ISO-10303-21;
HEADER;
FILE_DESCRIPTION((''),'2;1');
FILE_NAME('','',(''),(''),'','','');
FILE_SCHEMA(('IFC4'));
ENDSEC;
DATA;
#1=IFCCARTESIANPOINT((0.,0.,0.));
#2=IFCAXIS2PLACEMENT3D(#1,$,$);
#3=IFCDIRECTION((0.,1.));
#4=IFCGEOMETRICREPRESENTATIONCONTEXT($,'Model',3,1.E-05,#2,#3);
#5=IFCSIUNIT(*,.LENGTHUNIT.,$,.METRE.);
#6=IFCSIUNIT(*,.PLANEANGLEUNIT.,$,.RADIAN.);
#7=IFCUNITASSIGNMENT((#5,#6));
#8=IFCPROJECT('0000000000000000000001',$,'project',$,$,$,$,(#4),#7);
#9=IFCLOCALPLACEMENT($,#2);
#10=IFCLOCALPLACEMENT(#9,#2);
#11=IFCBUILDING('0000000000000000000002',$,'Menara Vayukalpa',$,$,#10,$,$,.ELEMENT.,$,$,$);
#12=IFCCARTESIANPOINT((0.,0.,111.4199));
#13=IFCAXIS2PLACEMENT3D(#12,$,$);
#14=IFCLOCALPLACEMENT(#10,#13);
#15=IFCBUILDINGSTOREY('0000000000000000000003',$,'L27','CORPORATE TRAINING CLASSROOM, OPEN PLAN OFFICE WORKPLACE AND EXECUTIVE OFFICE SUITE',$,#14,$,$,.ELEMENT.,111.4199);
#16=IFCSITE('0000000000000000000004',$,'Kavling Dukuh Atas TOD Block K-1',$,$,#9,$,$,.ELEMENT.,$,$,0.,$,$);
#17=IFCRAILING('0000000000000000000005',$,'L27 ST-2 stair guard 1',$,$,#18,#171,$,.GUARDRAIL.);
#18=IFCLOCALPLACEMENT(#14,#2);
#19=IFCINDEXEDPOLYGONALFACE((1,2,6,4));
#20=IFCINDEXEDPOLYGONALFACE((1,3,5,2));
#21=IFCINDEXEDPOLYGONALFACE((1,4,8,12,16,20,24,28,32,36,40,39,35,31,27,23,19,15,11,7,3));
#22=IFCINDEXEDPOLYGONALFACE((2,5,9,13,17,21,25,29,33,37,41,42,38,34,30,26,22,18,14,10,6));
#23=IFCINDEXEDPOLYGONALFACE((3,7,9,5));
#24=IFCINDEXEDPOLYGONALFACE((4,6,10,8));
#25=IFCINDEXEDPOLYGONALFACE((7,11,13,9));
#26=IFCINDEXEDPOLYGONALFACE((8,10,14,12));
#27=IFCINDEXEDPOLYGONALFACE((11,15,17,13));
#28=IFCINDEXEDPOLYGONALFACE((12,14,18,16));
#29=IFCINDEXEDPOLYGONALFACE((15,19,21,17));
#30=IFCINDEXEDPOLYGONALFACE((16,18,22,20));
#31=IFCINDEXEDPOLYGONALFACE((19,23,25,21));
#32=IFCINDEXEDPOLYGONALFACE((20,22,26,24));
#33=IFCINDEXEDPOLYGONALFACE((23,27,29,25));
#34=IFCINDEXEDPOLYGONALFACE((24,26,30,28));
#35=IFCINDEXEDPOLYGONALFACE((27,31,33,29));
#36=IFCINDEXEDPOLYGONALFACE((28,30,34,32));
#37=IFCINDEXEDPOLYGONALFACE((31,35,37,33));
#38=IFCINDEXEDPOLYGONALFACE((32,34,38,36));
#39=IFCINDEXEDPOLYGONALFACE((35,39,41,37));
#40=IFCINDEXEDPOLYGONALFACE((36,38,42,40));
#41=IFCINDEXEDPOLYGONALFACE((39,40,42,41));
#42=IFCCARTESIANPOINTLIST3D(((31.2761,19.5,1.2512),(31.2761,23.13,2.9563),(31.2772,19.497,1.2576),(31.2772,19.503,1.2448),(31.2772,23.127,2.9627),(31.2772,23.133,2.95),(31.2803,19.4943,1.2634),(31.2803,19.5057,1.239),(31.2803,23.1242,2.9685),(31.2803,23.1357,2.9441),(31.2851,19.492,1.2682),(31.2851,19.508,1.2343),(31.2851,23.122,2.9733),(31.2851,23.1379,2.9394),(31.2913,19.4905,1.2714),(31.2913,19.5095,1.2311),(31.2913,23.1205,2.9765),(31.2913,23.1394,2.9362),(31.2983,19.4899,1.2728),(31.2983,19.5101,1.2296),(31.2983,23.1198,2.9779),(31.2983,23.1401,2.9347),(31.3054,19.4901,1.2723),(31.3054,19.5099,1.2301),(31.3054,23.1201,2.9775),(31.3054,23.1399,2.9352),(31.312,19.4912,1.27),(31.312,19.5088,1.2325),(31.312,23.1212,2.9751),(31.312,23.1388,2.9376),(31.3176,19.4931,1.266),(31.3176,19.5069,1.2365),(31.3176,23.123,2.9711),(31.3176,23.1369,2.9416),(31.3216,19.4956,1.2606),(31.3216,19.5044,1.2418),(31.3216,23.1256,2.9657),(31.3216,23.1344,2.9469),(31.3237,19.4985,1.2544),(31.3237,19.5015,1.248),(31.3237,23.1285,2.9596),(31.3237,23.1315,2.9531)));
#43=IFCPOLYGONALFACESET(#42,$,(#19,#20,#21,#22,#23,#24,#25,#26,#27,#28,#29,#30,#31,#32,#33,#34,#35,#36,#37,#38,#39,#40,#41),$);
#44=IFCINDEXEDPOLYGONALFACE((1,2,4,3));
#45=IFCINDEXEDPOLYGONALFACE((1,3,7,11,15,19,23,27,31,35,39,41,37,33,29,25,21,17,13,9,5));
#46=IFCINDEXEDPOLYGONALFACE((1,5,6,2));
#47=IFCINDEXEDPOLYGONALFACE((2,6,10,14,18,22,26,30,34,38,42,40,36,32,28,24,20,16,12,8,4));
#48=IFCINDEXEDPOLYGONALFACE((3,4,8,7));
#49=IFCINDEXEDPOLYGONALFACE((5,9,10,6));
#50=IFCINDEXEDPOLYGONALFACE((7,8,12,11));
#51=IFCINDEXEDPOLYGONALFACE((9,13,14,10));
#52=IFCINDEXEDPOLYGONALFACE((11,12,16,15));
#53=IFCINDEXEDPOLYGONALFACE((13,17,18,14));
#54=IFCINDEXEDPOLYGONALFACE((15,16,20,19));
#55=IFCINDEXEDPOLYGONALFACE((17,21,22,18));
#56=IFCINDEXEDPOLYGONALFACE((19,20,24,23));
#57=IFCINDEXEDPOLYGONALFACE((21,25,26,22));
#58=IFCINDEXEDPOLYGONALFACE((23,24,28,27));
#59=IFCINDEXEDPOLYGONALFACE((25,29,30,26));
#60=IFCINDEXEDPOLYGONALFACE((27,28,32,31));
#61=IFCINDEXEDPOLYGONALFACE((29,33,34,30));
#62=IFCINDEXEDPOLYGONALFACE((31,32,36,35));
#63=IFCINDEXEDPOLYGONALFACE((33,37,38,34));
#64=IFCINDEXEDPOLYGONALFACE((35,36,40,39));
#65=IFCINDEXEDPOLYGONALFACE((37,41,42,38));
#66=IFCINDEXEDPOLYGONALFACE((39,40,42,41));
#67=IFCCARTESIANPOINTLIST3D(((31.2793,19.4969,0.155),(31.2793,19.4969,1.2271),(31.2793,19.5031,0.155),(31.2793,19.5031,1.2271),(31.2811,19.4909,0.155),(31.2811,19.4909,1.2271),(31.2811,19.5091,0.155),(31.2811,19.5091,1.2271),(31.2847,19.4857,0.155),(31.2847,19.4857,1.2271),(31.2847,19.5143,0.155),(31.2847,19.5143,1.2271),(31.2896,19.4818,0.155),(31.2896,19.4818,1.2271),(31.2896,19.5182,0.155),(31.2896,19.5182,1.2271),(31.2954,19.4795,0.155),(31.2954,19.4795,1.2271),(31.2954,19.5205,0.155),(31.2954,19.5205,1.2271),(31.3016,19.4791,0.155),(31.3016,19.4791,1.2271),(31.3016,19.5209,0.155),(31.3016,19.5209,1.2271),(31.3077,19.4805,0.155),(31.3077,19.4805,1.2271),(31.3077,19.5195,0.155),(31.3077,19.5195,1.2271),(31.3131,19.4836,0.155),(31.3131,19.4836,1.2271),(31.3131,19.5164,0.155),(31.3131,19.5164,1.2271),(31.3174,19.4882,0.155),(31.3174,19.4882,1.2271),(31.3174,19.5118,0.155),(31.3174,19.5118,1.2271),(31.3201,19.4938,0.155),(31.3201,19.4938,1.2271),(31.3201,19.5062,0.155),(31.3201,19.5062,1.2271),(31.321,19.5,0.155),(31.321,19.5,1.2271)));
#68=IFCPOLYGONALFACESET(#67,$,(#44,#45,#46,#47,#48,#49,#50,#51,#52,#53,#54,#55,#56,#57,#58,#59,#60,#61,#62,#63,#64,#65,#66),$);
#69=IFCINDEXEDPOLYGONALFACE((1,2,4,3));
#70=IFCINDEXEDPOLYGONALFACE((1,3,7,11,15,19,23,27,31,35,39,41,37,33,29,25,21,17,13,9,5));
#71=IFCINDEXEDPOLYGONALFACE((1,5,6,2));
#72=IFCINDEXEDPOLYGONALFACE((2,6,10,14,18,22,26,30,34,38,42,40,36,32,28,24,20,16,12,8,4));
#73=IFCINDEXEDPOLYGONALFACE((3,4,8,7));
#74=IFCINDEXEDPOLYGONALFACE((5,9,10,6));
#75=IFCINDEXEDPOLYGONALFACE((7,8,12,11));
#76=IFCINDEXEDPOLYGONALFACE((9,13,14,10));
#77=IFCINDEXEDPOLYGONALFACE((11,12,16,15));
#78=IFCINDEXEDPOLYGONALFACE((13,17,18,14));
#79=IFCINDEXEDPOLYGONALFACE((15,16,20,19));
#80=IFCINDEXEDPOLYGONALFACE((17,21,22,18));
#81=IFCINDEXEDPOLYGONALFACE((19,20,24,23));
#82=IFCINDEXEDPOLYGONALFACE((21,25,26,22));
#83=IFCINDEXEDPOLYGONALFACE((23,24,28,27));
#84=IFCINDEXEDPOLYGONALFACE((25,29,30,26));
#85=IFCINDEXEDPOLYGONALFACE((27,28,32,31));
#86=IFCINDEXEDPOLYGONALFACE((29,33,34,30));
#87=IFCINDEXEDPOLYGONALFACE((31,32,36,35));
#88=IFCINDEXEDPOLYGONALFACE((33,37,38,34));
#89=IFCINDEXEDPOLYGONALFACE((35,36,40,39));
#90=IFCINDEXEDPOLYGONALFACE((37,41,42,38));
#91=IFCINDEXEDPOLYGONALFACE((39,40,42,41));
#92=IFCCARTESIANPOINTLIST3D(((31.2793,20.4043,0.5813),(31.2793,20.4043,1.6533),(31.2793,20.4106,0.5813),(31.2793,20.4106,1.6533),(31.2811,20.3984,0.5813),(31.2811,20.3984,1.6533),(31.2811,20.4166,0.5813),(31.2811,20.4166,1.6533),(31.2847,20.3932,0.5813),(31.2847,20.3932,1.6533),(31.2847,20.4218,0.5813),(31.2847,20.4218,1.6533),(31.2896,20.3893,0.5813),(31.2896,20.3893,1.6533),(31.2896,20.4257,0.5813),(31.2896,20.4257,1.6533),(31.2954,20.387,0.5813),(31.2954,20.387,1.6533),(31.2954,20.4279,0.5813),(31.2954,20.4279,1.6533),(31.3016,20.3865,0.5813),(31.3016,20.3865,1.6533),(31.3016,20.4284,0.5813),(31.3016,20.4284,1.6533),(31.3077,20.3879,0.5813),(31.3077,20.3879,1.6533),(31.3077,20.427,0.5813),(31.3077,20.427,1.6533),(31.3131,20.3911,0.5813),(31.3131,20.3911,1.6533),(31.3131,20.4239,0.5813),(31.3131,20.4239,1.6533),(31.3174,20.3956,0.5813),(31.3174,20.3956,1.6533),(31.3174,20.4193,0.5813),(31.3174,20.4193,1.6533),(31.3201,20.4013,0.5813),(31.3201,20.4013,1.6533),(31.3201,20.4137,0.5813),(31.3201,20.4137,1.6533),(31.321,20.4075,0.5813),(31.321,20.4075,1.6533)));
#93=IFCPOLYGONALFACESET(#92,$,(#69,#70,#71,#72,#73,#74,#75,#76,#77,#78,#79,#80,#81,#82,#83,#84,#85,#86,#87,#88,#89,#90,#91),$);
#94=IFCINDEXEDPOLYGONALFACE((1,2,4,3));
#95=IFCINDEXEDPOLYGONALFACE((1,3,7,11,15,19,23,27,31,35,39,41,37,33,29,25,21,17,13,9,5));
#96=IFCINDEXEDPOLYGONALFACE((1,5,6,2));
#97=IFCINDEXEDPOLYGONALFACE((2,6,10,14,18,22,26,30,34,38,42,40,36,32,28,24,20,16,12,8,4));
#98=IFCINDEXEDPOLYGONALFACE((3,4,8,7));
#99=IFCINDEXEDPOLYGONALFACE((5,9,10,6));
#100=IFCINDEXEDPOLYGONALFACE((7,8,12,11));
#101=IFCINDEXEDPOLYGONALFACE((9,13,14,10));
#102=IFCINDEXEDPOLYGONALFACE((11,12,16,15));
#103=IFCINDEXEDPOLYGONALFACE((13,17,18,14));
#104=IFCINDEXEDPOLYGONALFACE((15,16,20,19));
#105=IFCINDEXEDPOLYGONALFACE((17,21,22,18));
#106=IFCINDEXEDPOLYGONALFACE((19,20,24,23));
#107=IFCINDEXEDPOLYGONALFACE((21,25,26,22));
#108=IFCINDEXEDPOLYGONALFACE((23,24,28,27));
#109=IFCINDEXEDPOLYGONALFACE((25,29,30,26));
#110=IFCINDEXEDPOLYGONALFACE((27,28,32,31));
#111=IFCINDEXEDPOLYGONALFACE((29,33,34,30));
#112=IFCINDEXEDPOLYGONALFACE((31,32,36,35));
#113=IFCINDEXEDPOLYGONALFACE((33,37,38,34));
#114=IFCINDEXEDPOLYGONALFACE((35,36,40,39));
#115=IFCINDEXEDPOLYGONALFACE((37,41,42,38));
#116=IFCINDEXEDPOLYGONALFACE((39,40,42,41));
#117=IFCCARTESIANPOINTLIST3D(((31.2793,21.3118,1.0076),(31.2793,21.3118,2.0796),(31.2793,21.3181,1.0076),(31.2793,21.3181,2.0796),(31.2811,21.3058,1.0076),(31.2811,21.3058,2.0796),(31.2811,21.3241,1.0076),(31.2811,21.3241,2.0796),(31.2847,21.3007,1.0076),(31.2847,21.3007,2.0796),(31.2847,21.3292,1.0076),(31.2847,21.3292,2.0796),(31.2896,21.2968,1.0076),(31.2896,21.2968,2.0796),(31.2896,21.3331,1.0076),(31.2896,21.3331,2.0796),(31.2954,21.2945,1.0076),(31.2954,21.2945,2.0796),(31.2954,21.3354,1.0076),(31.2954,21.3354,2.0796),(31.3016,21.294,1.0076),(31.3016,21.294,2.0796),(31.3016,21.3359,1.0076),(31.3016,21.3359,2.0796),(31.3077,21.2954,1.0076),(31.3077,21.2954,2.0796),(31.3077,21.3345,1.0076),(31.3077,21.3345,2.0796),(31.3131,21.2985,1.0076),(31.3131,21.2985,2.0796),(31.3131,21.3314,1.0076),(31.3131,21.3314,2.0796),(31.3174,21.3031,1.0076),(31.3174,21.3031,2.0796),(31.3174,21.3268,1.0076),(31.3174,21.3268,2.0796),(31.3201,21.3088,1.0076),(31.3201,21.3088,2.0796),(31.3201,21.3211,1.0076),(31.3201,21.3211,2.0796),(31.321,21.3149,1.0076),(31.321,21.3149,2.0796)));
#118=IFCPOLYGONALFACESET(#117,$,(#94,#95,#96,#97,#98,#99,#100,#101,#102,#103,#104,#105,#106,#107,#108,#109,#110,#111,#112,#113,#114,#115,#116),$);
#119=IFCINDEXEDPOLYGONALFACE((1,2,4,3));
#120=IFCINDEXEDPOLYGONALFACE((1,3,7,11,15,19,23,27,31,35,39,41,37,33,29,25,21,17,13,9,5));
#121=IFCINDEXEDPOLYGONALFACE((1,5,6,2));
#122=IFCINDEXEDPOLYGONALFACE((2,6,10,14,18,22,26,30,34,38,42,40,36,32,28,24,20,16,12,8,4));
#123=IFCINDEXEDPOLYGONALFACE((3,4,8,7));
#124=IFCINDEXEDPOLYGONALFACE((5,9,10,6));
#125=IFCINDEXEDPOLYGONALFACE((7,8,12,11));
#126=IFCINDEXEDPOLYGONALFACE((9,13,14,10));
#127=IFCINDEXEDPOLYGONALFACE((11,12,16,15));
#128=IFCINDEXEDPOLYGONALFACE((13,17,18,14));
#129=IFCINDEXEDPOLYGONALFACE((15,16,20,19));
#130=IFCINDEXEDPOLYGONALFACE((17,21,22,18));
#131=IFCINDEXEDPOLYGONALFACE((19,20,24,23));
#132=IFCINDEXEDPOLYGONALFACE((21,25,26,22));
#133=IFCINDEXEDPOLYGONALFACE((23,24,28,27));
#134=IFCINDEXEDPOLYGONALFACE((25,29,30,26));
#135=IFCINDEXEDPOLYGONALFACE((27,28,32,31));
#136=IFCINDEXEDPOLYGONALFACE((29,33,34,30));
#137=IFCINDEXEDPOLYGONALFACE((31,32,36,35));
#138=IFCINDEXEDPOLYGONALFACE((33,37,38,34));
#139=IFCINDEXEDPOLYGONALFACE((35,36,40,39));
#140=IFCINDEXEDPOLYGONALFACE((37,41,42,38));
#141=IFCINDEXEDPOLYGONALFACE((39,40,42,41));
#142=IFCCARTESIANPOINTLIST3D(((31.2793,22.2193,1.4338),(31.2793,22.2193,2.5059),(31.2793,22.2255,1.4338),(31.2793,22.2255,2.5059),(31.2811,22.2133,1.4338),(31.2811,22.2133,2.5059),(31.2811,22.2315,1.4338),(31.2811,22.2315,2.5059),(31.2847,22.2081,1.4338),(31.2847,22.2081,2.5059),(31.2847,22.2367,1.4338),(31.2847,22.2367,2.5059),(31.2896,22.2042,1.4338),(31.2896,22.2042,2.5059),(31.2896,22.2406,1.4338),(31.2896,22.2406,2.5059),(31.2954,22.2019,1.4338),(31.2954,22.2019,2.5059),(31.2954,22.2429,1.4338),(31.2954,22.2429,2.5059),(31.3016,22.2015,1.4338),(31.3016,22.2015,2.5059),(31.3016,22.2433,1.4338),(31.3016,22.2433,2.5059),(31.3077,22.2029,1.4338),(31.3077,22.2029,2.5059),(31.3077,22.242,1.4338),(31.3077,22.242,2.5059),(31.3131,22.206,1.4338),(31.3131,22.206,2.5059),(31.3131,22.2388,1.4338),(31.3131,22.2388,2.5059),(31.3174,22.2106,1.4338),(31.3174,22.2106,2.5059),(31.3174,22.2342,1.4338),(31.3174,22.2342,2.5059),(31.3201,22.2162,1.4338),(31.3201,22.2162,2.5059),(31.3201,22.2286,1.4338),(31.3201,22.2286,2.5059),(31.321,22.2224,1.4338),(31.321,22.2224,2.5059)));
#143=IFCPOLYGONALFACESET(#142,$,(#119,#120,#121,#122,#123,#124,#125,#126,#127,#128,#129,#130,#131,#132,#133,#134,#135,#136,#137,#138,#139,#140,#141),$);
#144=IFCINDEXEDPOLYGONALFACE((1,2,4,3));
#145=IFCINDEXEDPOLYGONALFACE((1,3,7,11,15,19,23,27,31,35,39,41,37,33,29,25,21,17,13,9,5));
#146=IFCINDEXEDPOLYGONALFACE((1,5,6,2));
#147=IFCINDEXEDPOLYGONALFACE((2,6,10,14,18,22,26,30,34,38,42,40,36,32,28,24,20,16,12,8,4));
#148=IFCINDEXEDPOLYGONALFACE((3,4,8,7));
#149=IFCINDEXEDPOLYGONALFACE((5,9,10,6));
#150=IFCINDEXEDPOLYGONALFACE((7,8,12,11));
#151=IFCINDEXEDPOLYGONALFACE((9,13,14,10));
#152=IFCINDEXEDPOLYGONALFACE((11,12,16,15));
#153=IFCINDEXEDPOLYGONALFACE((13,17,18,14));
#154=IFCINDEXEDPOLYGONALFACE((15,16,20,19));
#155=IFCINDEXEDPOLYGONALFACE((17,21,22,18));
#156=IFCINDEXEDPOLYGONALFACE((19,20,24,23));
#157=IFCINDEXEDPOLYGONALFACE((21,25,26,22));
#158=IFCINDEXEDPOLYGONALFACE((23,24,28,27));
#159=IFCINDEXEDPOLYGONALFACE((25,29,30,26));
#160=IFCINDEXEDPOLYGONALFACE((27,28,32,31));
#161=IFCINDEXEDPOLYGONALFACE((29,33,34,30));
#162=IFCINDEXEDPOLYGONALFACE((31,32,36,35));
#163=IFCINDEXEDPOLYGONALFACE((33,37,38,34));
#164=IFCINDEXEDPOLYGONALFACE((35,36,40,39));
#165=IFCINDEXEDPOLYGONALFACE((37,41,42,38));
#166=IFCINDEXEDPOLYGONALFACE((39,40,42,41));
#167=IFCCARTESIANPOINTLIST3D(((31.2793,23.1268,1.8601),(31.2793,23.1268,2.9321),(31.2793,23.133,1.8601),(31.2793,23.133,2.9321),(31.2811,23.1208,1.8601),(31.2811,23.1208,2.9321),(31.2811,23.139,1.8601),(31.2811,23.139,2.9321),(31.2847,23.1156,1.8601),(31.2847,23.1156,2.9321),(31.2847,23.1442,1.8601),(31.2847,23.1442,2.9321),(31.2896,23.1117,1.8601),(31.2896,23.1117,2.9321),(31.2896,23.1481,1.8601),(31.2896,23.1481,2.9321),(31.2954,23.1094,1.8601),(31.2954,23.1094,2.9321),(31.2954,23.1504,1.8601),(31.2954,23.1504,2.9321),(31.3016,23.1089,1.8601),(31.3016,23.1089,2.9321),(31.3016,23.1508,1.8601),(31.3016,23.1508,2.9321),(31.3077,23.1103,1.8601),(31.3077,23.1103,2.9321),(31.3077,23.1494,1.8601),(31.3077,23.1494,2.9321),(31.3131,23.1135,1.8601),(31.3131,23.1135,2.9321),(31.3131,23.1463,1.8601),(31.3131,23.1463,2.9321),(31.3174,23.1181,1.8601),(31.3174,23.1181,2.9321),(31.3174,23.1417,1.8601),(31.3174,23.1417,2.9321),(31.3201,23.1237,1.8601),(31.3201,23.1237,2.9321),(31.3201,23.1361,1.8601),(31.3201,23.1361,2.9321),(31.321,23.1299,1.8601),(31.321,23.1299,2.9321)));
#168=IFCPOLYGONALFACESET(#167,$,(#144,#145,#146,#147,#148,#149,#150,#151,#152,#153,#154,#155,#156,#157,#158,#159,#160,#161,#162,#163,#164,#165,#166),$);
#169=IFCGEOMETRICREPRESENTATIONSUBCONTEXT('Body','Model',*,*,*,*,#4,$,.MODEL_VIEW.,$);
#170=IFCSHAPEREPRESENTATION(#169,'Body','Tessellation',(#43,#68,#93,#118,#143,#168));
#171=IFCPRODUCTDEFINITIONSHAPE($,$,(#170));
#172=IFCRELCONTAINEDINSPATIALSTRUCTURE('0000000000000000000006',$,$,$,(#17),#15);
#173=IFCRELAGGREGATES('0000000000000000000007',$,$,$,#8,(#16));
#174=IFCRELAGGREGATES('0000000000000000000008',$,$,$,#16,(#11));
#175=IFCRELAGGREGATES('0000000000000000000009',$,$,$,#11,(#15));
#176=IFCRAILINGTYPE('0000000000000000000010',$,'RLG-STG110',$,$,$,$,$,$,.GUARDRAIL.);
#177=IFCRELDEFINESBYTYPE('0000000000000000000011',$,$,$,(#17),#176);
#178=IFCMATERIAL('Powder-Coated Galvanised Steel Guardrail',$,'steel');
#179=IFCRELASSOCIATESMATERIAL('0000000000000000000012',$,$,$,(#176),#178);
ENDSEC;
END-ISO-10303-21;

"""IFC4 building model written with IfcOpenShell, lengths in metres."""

from ifc_helpers import new_model, si_unit, direction, frame, origin, origin_2d, place, context, subcontext, project, spatial, circle, extrude, material, type_object, element, save


model = new_model("IFC4")

# Units and contexts
model_context = context("Model", 3, precision=1e-05, world=origin(), true_north=direction((0.0, 1.0)))
body_context = subcontext(model_context, "Body", "Model", "MODEL_VIEW")
ifc_project = project(units=[si_unit("LENGTHUNIT", "METRE"), si_unit("PLANEANGLEUNIT", "RADIAN")], contexts=[model_context])

# Site, building, storey
site_placement = place(None, origin())
site = spatial("IfcSite", under=ifc_project, at=site_placement, Name="Kavling Dukuh Atas TOD Block K-1", CompositionType="ELEMENT", RefElevation=0.0)
building_placement = place(site_placement, origin())
building = spatial("IfcBuilding", under=site, at=building_placement, Name="Menara Vayukalpa", CompositionType="ELEMENT")
storey_placement = place(building_placement, frame((0.0, 0.0, 111.4199)))
storey = spatial("IfcBuildingStorey", under=building, at=storey_placement, Name="L27", Description="CORPORATE TRAINING CLASSROOM, OPEN PLAN OFFICE WORKPLACE AND EXECUTIVE OFFICE SUITE", CompositionType="ELEMENT", Elevation=111.4199)

# Railing
ifc_material_1 = material(Name="Powder-Coated Galvanised Steel Guardrail", Category="steel")
railing_type_1 = type_object("IfcRailingType", Name="RLG-STG110", PredefinedType="GUARDRAIL", material=ifc_material_1)
railing_1_placement = place(storey_placement, frame((31.3, 19.5, 0.155)))
element("IfcRailing", 1, at=railing_1_placement, inside=storey, type_object=railing_type_1, Name="L27 ST-2 stair guard 1", PredefinedType="GUARDRAIL", context=body_context, shape_type="SweptSolid", body=[
    extrude(circle(Radius=0.0239, at=origin_2d()), frame((0.0, 0.0, 1.0962), z_axis=(0.0, 0.905116, 0.425164), x_axis=(-1.0, 0.0, 0.0)), (0.0, 0.0, 1.0), 4.0105),
    extrude(circle(Radius=0.021, at=origin_2d()), origin(), (0.0, 0.0, 1.0), 1.072),
    extrude(circle(Radius=0.021, at=origin_2d()), frame((0.0, 0.9075, 0.4263)), (0.0, 0.0, 1.0), 1.072),
    extrude(circle(Radius=0.021, at=origin_2d()), frame((0.0, 1.8149, 0.8525)), (0.0, 0.0, 1.0), 1.072),
    extrude(circle(Radius=0.021, at=origin_2d()), frame((0.0, 2.7224, 1.2788)), (0.0, 0.0, 1.0), 1.072),
    extrude(circle(Radius=0.021, at=origin_2d()), frame((0.0, 3.6299, 1.7051)), (0.0, 0.0, 1.0), 1.072),
])

save(model, "model.ifc")
